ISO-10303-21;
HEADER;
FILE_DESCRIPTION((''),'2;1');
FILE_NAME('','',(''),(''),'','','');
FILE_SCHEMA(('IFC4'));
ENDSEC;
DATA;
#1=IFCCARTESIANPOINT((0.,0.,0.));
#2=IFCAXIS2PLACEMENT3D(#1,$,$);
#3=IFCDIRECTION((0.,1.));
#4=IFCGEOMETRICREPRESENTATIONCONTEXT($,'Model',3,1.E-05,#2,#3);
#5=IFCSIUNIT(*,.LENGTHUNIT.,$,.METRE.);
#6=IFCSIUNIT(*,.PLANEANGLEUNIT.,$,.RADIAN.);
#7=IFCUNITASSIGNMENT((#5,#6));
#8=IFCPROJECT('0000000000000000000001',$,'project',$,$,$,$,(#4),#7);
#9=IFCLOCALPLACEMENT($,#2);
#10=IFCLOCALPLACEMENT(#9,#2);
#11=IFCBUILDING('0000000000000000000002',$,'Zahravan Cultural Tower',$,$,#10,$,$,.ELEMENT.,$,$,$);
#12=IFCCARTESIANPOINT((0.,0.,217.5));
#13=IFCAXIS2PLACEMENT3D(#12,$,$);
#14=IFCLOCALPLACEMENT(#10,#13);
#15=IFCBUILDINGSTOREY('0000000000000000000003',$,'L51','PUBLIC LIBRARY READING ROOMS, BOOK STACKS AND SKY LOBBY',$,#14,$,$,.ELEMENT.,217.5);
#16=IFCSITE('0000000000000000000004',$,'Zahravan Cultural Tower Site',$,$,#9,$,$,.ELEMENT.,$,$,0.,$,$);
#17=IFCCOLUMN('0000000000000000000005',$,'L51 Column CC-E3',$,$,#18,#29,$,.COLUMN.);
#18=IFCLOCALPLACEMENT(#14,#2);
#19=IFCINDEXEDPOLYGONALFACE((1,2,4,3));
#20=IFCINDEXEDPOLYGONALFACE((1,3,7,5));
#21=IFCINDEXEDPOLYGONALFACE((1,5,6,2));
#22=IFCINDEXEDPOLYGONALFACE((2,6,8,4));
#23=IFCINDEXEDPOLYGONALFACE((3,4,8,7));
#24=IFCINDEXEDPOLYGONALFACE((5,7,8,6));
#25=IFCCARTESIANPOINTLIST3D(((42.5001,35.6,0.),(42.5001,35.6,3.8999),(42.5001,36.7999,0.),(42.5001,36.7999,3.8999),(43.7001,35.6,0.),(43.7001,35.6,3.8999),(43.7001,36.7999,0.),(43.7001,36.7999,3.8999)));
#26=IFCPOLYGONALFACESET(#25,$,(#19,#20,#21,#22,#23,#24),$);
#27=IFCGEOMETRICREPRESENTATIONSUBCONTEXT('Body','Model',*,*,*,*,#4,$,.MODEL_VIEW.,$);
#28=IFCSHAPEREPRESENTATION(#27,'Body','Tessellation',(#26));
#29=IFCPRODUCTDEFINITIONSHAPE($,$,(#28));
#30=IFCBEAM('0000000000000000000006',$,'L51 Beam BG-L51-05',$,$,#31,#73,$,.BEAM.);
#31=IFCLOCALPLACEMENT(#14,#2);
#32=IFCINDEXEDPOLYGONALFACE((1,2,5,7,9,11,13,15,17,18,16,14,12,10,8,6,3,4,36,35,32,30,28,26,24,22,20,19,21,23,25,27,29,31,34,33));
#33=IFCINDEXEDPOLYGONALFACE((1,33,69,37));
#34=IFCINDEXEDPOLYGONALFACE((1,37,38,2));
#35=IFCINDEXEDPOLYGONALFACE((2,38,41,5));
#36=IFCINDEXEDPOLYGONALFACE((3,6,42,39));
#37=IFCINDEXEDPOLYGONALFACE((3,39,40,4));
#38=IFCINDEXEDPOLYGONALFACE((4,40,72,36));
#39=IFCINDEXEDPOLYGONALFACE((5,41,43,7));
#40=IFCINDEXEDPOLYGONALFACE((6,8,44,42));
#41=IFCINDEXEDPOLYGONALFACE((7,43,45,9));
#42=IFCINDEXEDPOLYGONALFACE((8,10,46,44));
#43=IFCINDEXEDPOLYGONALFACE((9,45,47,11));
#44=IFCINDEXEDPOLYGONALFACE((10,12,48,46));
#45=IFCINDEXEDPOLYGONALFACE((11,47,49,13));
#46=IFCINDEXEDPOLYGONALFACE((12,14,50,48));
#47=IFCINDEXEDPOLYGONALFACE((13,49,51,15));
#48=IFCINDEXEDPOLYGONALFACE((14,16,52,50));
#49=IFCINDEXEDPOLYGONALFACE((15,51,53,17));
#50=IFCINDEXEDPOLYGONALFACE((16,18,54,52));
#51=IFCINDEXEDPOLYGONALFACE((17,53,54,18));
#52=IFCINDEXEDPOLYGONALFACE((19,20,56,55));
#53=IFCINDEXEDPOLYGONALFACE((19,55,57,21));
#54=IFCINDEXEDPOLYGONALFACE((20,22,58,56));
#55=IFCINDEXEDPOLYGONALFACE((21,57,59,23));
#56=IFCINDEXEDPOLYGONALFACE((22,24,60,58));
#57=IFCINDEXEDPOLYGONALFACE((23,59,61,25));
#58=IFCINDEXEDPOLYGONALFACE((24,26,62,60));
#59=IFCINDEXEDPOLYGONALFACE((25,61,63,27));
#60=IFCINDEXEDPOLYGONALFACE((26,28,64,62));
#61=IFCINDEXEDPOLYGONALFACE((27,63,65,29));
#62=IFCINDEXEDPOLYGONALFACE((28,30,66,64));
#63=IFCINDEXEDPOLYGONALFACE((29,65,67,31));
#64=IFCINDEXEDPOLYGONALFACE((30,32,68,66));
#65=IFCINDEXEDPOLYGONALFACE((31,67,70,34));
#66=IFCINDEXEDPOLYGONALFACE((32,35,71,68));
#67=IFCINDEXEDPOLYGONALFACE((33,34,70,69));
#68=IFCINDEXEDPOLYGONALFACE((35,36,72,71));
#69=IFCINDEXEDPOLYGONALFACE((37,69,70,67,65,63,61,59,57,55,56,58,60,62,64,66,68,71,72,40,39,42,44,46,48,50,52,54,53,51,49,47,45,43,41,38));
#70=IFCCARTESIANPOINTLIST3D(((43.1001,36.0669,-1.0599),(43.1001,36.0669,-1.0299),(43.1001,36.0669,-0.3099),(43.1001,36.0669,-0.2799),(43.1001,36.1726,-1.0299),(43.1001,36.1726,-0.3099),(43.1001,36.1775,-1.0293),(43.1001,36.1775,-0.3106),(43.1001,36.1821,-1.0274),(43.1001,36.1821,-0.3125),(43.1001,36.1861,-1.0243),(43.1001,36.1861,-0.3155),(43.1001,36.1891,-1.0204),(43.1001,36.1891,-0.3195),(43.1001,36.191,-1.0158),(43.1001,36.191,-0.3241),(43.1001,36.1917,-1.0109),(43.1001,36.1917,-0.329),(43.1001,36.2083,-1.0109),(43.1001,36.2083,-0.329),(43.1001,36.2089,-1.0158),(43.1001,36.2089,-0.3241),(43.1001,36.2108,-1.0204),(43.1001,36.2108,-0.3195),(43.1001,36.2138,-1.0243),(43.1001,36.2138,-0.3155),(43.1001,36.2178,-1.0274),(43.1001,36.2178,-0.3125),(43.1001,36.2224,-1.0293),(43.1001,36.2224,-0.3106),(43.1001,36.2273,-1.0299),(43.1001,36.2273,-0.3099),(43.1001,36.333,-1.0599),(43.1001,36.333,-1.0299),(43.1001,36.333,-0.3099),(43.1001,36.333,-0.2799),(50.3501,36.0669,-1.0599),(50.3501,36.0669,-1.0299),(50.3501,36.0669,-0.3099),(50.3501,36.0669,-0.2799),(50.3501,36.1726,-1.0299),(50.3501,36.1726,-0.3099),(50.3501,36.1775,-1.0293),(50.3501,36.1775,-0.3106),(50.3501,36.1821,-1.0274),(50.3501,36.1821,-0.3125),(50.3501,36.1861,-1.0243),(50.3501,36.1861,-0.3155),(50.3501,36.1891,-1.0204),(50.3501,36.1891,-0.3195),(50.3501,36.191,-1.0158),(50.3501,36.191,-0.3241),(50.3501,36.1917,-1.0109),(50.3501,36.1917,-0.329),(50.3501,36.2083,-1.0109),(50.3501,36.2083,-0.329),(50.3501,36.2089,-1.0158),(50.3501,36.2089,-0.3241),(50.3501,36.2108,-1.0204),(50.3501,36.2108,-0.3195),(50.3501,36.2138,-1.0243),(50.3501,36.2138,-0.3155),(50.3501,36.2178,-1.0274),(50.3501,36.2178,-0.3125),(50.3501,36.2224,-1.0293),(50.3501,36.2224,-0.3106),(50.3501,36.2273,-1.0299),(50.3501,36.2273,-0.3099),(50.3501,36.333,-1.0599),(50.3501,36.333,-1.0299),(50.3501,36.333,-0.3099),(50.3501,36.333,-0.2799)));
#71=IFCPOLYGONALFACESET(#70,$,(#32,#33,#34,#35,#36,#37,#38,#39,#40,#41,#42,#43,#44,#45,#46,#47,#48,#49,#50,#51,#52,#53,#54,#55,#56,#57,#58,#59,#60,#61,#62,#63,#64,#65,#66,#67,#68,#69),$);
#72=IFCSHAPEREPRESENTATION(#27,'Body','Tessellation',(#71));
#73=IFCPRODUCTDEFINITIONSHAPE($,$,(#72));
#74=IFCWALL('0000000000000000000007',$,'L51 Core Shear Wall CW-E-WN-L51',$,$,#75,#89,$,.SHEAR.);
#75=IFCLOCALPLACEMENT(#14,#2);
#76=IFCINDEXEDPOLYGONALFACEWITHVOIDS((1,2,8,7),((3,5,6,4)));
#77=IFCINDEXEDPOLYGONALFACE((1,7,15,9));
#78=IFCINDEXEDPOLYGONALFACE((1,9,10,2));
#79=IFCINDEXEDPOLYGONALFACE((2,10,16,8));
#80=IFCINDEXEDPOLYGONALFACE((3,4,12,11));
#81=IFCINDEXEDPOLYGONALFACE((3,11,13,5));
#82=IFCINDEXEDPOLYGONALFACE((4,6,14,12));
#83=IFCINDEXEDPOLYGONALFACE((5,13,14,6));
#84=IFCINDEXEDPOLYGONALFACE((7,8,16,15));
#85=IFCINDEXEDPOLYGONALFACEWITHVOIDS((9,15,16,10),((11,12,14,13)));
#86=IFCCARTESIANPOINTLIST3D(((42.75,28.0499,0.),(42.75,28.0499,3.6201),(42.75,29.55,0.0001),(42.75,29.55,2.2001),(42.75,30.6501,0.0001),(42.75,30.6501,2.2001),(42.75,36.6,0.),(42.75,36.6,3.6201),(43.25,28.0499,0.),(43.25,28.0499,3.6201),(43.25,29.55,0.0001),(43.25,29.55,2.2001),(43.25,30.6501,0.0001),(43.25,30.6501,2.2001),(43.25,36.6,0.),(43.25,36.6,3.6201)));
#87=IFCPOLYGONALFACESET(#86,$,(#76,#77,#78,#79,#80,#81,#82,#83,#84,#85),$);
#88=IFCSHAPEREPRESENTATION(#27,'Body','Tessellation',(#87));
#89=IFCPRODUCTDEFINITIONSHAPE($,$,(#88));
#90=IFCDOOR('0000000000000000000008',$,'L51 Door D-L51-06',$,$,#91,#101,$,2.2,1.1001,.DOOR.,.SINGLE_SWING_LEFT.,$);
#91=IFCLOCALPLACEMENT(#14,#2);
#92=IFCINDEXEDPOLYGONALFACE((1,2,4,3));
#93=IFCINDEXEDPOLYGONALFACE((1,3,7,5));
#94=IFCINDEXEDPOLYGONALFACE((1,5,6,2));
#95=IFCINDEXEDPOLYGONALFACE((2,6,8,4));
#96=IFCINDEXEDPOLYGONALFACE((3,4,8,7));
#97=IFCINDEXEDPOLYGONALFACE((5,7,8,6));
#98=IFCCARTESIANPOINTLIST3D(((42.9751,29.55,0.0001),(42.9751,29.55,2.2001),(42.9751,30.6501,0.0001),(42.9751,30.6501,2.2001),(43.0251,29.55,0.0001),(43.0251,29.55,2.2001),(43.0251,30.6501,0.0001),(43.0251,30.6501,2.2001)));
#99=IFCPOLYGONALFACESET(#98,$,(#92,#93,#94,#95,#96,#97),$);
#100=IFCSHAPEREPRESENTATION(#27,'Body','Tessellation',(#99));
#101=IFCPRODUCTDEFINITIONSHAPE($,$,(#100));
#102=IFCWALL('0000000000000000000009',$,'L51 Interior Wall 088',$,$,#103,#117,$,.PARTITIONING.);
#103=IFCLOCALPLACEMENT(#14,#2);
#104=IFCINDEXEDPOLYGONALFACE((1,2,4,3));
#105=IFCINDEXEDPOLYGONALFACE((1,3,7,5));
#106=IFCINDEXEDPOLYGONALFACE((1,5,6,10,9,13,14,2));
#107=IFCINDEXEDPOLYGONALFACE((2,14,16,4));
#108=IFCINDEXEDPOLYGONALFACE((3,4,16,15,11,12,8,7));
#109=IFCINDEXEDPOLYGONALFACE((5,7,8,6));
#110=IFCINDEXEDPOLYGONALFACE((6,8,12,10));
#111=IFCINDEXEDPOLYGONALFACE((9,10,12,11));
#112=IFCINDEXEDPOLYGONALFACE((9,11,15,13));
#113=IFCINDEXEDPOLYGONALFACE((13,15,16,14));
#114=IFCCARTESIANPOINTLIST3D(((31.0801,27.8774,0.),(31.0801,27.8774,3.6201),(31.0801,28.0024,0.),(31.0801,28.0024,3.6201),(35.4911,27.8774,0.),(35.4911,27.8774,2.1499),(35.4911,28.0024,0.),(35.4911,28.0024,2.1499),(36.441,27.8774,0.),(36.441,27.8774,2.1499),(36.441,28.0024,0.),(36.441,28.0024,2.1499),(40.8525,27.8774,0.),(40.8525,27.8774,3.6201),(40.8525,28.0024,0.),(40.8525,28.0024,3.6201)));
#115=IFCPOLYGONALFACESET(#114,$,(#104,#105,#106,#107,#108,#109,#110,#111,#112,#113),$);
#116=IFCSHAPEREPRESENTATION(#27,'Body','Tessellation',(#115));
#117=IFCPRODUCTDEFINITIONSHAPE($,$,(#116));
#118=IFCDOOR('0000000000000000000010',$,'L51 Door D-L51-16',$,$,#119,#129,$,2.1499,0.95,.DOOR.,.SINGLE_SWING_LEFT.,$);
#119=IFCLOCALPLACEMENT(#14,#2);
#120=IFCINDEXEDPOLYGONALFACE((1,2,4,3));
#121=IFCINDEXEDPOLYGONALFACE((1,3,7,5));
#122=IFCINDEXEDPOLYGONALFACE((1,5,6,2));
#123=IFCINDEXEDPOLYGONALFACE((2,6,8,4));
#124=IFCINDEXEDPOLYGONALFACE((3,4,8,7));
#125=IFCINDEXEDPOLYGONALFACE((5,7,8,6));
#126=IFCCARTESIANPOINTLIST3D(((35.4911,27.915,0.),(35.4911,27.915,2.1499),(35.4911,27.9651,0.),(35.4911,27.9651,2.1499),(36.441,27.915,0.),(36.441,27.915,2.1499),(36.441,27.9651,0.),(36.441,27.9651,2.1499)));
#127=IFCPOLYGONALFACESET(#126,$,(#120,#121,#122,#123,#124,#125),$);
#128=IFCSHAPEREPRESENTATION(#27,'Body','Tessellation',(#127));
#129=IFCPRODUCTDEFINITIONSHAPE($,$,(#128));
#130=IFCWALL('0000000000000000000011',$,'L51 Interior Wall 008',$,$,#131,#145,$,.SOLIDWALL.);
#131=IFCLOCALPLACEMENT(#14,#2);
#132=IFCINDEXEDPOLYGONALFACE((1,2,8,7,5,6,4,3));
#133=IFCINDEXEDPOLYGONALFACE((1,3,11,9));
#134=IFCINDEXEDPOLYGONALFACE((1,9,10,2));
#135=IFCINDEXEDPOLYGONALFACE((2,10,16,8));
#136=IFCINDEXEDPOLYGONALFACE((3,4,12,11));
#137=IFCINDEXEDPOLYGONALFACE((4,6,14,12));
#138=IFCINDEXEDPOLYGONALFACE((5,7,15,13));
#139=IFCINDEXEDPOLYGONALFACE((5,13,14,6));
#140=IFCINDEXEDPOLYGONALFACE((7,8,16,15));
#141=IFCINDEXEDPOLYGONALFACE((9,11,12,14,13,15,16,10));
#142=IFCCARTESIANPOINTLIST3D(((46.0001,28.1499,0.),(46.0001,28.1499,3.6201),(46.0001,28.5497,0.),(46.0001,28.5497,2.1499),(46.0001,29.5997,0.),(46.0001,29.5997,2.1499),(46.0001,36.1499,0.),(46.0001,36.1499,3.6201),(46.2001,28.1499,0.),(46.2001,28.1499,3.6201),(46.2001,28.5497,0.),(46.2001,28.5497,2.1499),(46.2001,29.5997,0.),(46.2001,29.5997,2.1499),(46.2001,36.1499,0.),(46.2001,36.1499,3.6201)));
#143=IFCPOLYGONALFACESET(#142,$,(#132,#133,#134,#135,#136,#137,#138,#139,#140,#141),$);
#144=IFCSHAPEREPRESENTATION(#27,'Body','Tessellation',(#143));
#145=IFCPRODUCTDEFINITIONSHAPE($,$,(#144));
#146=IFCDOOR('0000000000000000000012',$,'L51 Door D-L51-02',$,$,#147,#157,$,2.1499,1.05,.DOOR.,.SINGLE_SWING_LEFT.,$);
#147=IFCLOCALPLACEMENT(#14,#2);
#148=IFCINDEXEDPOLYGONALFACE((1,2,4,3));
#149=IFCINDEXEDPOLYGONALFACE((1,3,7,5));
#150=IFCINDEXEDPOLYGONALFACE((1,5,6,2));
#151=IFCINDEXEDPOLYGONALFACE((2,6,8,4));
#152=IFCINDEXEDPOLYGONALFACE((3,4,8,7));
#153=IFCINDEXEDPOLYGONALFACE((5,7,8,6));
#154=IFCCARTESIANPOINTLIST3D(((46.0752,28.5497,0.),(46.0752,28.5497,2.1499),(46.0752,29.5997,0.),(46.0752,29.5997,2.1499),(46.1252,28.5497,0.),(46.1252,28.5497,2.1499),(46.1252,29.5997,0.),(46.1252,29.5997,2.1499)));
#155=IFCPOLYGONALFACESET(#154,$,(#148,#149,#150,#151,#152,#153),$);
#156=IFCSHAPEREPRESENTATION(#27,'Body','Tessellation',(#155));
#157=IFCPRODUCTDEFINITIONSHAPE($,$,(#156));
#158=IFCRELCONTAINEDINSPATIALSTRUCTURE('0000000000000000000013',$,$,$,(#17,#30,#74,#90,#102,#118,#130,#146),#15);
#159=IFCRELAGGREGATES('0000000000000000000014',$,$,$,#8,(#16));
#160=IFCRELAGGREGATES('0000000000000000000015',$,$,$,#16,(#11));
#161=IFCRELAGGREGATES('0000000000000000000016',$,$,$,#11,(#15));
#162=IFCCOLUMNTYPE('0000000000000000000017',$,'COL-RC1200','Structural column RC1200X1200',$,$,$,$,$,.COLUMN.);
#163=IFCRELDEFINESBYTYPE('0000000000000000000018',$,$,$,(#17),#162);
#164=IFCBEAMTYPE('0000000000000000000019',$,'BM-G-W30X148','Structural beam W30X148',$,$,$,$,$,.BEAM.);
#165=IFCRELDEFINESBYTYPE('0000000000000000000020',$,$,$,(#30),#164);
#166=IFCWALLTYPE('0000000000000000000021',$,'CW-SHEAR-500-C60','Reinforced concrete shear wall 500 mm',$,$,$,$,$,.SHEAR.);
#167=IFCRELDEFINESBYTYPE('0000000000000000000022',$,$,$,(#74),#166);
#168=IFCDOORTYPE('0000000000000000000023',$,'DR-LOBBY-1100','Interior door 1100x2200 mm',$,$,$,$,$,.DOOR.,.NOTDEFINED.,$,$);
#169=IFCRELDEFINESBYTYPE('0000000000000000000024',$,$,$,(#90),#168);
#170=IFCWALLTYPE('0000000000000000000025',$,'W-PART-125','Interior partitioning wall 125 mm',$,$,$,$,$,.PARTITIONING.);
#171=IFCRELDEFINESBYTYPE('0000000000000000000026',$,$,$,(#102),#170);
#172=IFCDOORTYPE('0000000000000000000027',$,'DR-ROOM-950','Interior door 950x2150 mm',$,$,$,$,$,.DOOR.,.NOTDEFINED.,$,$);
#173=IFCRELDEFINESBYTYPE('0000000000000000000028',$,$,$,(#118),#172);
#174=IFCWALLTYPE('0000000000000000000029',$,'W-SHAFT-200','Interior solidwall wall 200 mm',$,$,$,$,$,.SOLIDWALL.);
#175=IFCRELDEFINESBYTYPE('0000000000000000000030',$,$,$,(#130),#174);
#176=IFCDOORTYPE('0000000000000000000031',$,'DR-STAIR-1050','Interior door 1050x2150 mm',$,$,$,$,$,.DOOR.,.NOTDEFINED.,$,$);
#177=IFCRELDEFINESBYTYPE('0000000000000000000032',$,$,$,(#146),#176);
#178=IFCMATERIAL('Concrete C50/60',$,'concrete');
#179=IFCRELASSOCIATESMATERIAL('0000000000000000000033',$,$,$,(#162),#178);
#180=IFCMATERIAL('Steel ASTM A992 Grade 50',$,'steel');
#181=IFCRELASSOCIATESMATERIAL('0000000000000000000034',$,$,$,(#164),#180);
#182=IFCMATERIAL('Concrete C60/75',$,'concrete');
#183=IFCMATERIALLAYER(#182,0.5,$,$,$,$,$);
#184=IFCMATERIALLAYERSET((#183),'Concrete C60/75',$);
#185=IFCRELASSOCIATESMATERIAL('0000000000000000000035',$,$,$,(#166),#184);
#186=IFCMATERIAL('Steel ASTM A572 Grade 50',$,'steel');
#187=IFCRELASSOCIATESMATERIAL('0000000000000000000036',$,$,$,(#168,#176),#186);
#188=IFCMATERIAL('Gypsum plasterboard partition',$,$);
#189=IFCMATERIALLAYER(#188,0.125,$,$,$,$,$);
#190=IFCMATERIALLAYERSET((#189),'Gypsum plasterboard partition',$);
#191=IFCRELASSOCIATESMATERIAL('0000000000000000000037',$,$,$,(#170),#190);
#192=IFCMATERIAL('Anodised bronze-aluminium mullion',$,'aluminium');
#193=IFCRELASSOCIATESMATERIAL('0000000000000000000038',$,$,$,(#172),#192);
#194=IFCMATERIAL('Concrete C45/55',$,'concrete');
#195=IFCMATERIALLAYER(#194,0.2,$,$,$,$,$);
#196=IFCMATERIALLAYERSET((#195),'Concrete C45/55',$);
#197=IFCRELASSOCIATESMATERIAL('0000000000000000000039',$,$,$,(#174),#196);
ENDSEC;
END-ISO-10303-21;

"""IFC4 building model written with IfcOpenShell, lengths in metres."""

from ifc_helpers import new_model, si_unit, direction, frame, frame_2d, origin, origin_2d, place, context, subcontext, project, spatial, rectangle, i_section, extrude, source, transform, mapped, material, layer, layer_set, material_profile, profile_set, type_object, element, fill, save


model = new_model("IFC4")

# Units and contexts
model_context = context("Model", 3, precision=1e-05, world=origin(), true_north=direction((0.0, 1.0)))
body_context = subcontext(model_context, "Body", "Model", "MODEL_VIEW")
ifc_project = project(units=[si_unit("LENGTHUNIT", "METRE"), si_unit("PLANEANGLEUNIT", "RADIAN")], contexts=[model_context])

# Site, building, storey
site_placement = place(None, origin())
site = spatial("IfcSite", under=ifc_project, at=site_placement, Name="Zahravan Cultural Tower Site", CompositionType="ELEMENT", RefElevation=0.0)
building_placement = place(site_placement, origin())
building = spatial("IfcBuilding", under=site, at=building_placement, Name="Zahravan Cultural Tower", CompositionType="ELEMENT")
storey_placement = place(building_placement, frame((0.0, 0.0, 217.5)))
storey = spatial("IfcBuildingStorey", under=building, at=storey_placement, Name="L51", Description="PUBLIC LIBRARY READING ROOMS, BOOK STACKS AND SKY LOBBY", CompositionType="ELEMENT", Elevation=217.5)

# Column
ifc_material_1 = material(Name="Concrete C50/60", Category="concrete")
ifc_material_profile_1 = material_profile(ifc_material_1, rectangle(XDim=1.2, YDim=1.2, at=origin_2d()), Name="RC1200X1200")
ifc_profile_set_1 = profile_set([ifc_material_profile_1], Name="Concrete C50/60")
column_type = type_object("IfcColumnType", Name="COL-RC1200", Description="Structural column RC1200X1200", PredefinedType="COLUMN", material=ifc_profile_set_1)
shared_shape_1 = source(origin(), body_context, "Body", "SweptSolid", [
    extrude(rectangle(XDim=1.2, YDim=1.2, at=origin_2d()), origin(), (0.0, 0.0, 1.0), 3.8999),
])
column_placement = place(storey_placement, frame((43.1001, 36.2, 0.0), z_axis=(0.0, 0.0, 1.0), x_axis=(1.0, 0.0, 0.0)))
element("IfcColumn", 1, at=column_placement, inside=storey, type_object=column_type, Name="L51 Column CC-E3", PredefinedType="COLUMN", context=body_context, shape_type="MappedRepresentation", body=[
    mapped(shared_shape_1, transform((0.0, 0.0, 0.0), x_axis=(1.0, 0.0, 0.0), y_axis=(0.0, 1.0, 0.0), z_axis=(0.0, 0.0, 1.0), scale=1.0)),
])

# Beam
ifc_material_2 = material(Name="Steel ASTM A992 Grade 50", Category="steel")
ifc_material_profile_2 = material_profile(ifc_material_2, i_section(OverallWidth=0.2661, OverallDepth=0.78, WebThickness=0.0166, FlangeThickness=0.03, FilletRadius=0.019, at=origin_2d()), Name="W30X148")
ifc_profile_set_2 = profile_set([ifc_material_profile_2], Name="Steel ASTM A992 Grade 50")
beam_type = type_object("IfcBeamType", Name="BM-G-W30X148", Description="Structural beam W30X148", PredefinedType="BEAM", material=ifc_profile_set_2)
shared_shape_2 = source(origin(), body_context, "Body", "SweptSolid", [
    extrude(i_section(OverallWidth=0.2661, OverallDepth=0.78, WebThickness=0.0166, FlangeThickness=0.03, FilletRadius=0.019, at=origin_2d()), origin(), (0.0, 0.0, 1.0), 7.25),
])
beam_placement = place(storey_placement, frame((43.1001, 36.2, -0.6699), z_axis=(1.0, 0.0, 0.0), x_axis=(0.0, 1.0, 0.0)))
element("IfcBeam", 2, at=beam_placement, inside=storey, type_object=beam_type, Name="L51 Beam BG-L51-05", PredefinedType="BEAM", context=body_context, shape_type="MappedRepresentation", body=[
    mapped(shared_shape_2, transform((0.0, 0.0, 0.0), x_axis=(1.0, 0.0, 0.0), y_axis=(0.0, 1.0, 0.0), z_axis=(0.0, 0.0, 1.0), scale=1.0)),
])

# Walls, openings, doors
ifc_material_3 = material(Name="Concrete C60/75", Category="concrete")
ifc_layer_1 = layer(ifc_material_3, 0.5)
ifc_layer_set_1 = layer_set([ifc_layer_1], Name="Concrete C60/75")
wall_type_1 = type_object("IfcWallType", Name="CW-SHEAR-500-C60", Description="Reinforced concrete shear wall 500 mm", PredefinedType="SHEAR", material=ifc_layer_set_1)
wall_1_placement = place(storey_placement, frame((43.0, 28.05, 0.0), z_axis=(0.0, 0.0, 1.0), x_axis=(0.0, 1.0, 0.0)))
wall_1 = element("IfcWall", 3, at=wall_1_placement, inside=storey, type_object=wall_type_1, Name="L51 Core Shear Wall CW-E-WN-L51", PredefinedType="SHEAR", context=body_context, shape_type="SweptSolid", body=[
    extrude(rectangle(XDim=8.55, YDim=0.5, at=frame_2d((4.2749, 0.0))), origin(), (0.0, 0.0, 1.0), 3.6201),
])
opening_1_placement = place(wall_1_placement, frame((1.5, 0.0, 0.0)))
opening_1 = element("IfcOpeningElement", 4, at=opening_1_placement, cuts=wall_1, PredefinedType="OPENING", context=body_context, shape_type="SweptSolid", body=[
    extrude(rectangle(XDim=1.1001, YDim=2.2, at=frame_2d((0.55, 1.1001))), frame((0.0, 0.26, 0.0), z_axis=(0.0, -1.0, 0.0), x_axis=(1.0, 0.0, 0.0)), (0.0, 0.0, 1.0), 0.52),
])
ifc_material_4 = material(Name="Steel ASTM A572 Grade 50", Category="steel")
door_type_1 = type_object("IfcDoorType", Name="DR-LOBBY-1100", Description="Interior door 1100x2200 mm", OperationType="NOTDEFINED", PredefinedType="DOOR", material=ifc_material_4)
shared_shape_3 = source(origin(), body_context, "Body", "SweptSolid", [
    extrude(rectangle(XDim=1.1001, YDim=2.2, at=frame_2d((0.55, 1.1001))), frame((0.0, 0.0249, 0.0), z_axis=(0.0, -1.0, 0.0), x_axis=(1.0, 0.0, 0.0)), (0.0, 0.0, 1.0), 0.05),
])
door_1_placement = place(opening_1_placement, origin())
door_1 = element("IfcDoor", 5, at=door_1_placement, inside=storey, type_object=door_type_1, Name="L51 Door D-L51-06", OperationType="SINGLE_SWING_LEFT", OverallHeight=2.2, OverallWidth=1.1001, PredefinedType="DOOR", context=body_context, shape_type="MappedRepresentation", body=[
    mapped(shared_shape_3, transform((0.0, 0.0, 0.0), x_axis=(1.0, 0.0, 0.0), y_axis=(0.0, 1.0, 0.0), z_axis=(0.0, 0.0, 1.0), scale=1.0)),
])
fill(opening_1, door_1)
ifc_material_5 = material(Name="Gypsum plasterboard partition")
ifc_layer_2 = layer(ifc_material_5, 0.125)
ifc_layer_set_2 = layer_set([ifc_layer_2], Name="Gypsum plasterboard partition")
wall_type_2 = type_object("IfcWallType", Name="W-PART-125", Description="Interior partitioning wall 125 mm", PredefinedType="PARTITIONING", material=ifc_layer_set_2)
wall_2_placement = place(storey_placement, frame((40.8525, 27.9399, 0.0), z_axis=(0.0, 0.0, 1.0), x_axis=(-1.0, 0.0, 0.0)))
wall_2 = element("IfcWall", 6, at=wall_2_placement, inside=storey, type_object=wall_type_2, Name="L51 Interior Wall 088", PredefinedType="PARTITIONING", context=body_context, shape_type="SweptSolid", body=[
    extrude(rectangle(XDim=9.7725, YDim=0.125, at=frame_2d((4.8862, 0.0))), origin(), (0.0, 0.0, 1.0), 3.6201),
])
opening_2_placement = place(wall_2_placement, frame((4.4114, 0.0, 0.0)))
opening_2 = element("IfcOpeningElement", 7, at=opening_2_placement, cuts=wall_2, PredefinedType="OPENING", context=body_context, shape_type="SweptSolid", body=[
    extrude(rectangle(XDim=0.95, YDim=2.1499, at=frame_2d((0.4751, 1.075))), frame((0.0, 0.0725, 0.0), z_axis=(0.0, -1.0, 0.0), x_axis=(1.0, 0.0, 0.0)), (0.0, 0.0, 1.0), 0.145),
])
ifc_material_6 = material(Name="Anodised bronze-aluminium mullion", Category="aluminium")
door_type_2 = type_object("IfcDoorType", Name="DR-ROOM-950", Description="Interior door 950x2150 mm", OperationType="NOTDEFINED", PredefinedType="DOOR", material=ifc_material_6)
shared_shape_4 = source(origin(), body_context, "Body", "SweptSolid", [
    extrude(rectangle(XDim=0.95, YDim=2.1499, at=frame_2d((0.4751, 1.075))), frame((0.0, 0.0249, 0.0), z_axis=(0.0, -1.0, 0.0), x_axis=(1.0, 0.0, 0.0)), (0.0, 0.0, 1.0), 0.05),
])
door_2_placement = place(opening_2_placement, origin())
door_2 = element("IfcDoor", 8, at=door_2_placement, inside=storey, type_object=door_type_2, Name="L51 Door D-L51-16", OperationType="SINGLE_SWING_LEFT", OverallHeight=2.1499, OverallWidth=0.95, PredefinedType="DOOR", context=body_context, shape_type="MappedRepresentation", body=[
    mapped(shared_shape_4, transform((0.0, 0.0, 0.0), x_axis=(1.0, 0.0, 0.0), y_axis=(0.0, 1.0, 0.0), z_axis=(0.0, 0.0, 1.0), scale=1.0)),
])
fill(opening_2, door_2)
ifc_material_7 = material(Name="Concrete C45/55", Category="concrete")
ifc_layer_3 = layer(ifc_material_7, 0.2)
ifc_layer_set_3 = layer_set([ifc_layer_3], Name="Concrete C45/55")
wall_type_3 = type_object("IfcWallType", Name="W-SHAFT-200", Description="Interior solidwall wall 200 mm", PredefinedType="SOLIDWALL", material=ifc_layer_set_3)
wall_3_placement = place(storey_placement, frame((46.1001, 28.1499, 0.0), z_axis=(0.0, 0.0, 1.0), x_axis=(0.0, 1.0, 0.0)))
wall_3 = element("IfcWall", 9, at=wall_3_placement, inside=storey, type_object=wall_type_3, Name="L51 Interior Wall 008", PredefinedType="SOLIDWALL", context=body_context, shape_type="SweptSolid", body=[
    extrude(rectangle(XDim=8.0, YDim=0.2, at=frame_2d((4.0, 0.0))), origin(), (0.0, 0.0, 1.0), 3.6201),
])
opening_3_placement = place(wall_3_placement, frame((0.3999, 0.0, 0.0)))
opening_3 = element("IfcOpeningElement", 10, at=opening_3_placement, cuts=wall_3, PredefinedType="OPENING", context=body_context, shape_type="SweptSolid", body=[
    extrude(rectangle(XDim=1.05, YDim=2.1499, at=frame_2d((0.5249, 1.075))), frame((0.0, 0.1099, 0.0), z_axis=(0.0, -1.0, 0.0), x_axis=(1.0, 0.0, 0.0)), (0.0, 0.0, 1.0), 0.22),
])
door_type_3 = type_object("IfcDoorType", Name="DR-STAIR-1050", Description="Interior door 1050x2150 mm", OperationType="NOTDEFINED", PredefinedType="DOOR", material=ifc_material_4)
shared_shape_5 = source(origin(), body_context, "Body", "SweptSolid", [
    extrude(rectangle(XDim=1.05, YDim=2.1499, at=frame_2d((0.5249, 1.075))), frame((0.0, 0.0249, 0.0), z_axis=(0.0, -1.0, 0.0), x_axis=(1.0, 0.0, 0.0)), (0.0, 0.0, 1.0), 0.05),
])
door_3_placement = place(opening_3_placement, origin())
door_3 = element("IfcDoor", 11, at=door_3_placement, inside=storey, type_object=door_type_3, Name="L51 Door D-L51-02", OperationType="SINGLE_SWING_LEFT", OverallHeight=2.1499, OverallWidth=1.05, PredefinedType="DOOR", context=body_context, shape_type="MappedRepresentation", body=[
    mapped(shared_shape_5, transform((0.0, 0.0, 0.0), x_axis=(1.0, 0.0, 0.0), y_axis=(0.0, 1.0, 0.0), z_axis=(0.0, 0.0, 1.0), scale=1.0)),
])
fill(opening_3, door_3)

save(model, "model.ifc")
